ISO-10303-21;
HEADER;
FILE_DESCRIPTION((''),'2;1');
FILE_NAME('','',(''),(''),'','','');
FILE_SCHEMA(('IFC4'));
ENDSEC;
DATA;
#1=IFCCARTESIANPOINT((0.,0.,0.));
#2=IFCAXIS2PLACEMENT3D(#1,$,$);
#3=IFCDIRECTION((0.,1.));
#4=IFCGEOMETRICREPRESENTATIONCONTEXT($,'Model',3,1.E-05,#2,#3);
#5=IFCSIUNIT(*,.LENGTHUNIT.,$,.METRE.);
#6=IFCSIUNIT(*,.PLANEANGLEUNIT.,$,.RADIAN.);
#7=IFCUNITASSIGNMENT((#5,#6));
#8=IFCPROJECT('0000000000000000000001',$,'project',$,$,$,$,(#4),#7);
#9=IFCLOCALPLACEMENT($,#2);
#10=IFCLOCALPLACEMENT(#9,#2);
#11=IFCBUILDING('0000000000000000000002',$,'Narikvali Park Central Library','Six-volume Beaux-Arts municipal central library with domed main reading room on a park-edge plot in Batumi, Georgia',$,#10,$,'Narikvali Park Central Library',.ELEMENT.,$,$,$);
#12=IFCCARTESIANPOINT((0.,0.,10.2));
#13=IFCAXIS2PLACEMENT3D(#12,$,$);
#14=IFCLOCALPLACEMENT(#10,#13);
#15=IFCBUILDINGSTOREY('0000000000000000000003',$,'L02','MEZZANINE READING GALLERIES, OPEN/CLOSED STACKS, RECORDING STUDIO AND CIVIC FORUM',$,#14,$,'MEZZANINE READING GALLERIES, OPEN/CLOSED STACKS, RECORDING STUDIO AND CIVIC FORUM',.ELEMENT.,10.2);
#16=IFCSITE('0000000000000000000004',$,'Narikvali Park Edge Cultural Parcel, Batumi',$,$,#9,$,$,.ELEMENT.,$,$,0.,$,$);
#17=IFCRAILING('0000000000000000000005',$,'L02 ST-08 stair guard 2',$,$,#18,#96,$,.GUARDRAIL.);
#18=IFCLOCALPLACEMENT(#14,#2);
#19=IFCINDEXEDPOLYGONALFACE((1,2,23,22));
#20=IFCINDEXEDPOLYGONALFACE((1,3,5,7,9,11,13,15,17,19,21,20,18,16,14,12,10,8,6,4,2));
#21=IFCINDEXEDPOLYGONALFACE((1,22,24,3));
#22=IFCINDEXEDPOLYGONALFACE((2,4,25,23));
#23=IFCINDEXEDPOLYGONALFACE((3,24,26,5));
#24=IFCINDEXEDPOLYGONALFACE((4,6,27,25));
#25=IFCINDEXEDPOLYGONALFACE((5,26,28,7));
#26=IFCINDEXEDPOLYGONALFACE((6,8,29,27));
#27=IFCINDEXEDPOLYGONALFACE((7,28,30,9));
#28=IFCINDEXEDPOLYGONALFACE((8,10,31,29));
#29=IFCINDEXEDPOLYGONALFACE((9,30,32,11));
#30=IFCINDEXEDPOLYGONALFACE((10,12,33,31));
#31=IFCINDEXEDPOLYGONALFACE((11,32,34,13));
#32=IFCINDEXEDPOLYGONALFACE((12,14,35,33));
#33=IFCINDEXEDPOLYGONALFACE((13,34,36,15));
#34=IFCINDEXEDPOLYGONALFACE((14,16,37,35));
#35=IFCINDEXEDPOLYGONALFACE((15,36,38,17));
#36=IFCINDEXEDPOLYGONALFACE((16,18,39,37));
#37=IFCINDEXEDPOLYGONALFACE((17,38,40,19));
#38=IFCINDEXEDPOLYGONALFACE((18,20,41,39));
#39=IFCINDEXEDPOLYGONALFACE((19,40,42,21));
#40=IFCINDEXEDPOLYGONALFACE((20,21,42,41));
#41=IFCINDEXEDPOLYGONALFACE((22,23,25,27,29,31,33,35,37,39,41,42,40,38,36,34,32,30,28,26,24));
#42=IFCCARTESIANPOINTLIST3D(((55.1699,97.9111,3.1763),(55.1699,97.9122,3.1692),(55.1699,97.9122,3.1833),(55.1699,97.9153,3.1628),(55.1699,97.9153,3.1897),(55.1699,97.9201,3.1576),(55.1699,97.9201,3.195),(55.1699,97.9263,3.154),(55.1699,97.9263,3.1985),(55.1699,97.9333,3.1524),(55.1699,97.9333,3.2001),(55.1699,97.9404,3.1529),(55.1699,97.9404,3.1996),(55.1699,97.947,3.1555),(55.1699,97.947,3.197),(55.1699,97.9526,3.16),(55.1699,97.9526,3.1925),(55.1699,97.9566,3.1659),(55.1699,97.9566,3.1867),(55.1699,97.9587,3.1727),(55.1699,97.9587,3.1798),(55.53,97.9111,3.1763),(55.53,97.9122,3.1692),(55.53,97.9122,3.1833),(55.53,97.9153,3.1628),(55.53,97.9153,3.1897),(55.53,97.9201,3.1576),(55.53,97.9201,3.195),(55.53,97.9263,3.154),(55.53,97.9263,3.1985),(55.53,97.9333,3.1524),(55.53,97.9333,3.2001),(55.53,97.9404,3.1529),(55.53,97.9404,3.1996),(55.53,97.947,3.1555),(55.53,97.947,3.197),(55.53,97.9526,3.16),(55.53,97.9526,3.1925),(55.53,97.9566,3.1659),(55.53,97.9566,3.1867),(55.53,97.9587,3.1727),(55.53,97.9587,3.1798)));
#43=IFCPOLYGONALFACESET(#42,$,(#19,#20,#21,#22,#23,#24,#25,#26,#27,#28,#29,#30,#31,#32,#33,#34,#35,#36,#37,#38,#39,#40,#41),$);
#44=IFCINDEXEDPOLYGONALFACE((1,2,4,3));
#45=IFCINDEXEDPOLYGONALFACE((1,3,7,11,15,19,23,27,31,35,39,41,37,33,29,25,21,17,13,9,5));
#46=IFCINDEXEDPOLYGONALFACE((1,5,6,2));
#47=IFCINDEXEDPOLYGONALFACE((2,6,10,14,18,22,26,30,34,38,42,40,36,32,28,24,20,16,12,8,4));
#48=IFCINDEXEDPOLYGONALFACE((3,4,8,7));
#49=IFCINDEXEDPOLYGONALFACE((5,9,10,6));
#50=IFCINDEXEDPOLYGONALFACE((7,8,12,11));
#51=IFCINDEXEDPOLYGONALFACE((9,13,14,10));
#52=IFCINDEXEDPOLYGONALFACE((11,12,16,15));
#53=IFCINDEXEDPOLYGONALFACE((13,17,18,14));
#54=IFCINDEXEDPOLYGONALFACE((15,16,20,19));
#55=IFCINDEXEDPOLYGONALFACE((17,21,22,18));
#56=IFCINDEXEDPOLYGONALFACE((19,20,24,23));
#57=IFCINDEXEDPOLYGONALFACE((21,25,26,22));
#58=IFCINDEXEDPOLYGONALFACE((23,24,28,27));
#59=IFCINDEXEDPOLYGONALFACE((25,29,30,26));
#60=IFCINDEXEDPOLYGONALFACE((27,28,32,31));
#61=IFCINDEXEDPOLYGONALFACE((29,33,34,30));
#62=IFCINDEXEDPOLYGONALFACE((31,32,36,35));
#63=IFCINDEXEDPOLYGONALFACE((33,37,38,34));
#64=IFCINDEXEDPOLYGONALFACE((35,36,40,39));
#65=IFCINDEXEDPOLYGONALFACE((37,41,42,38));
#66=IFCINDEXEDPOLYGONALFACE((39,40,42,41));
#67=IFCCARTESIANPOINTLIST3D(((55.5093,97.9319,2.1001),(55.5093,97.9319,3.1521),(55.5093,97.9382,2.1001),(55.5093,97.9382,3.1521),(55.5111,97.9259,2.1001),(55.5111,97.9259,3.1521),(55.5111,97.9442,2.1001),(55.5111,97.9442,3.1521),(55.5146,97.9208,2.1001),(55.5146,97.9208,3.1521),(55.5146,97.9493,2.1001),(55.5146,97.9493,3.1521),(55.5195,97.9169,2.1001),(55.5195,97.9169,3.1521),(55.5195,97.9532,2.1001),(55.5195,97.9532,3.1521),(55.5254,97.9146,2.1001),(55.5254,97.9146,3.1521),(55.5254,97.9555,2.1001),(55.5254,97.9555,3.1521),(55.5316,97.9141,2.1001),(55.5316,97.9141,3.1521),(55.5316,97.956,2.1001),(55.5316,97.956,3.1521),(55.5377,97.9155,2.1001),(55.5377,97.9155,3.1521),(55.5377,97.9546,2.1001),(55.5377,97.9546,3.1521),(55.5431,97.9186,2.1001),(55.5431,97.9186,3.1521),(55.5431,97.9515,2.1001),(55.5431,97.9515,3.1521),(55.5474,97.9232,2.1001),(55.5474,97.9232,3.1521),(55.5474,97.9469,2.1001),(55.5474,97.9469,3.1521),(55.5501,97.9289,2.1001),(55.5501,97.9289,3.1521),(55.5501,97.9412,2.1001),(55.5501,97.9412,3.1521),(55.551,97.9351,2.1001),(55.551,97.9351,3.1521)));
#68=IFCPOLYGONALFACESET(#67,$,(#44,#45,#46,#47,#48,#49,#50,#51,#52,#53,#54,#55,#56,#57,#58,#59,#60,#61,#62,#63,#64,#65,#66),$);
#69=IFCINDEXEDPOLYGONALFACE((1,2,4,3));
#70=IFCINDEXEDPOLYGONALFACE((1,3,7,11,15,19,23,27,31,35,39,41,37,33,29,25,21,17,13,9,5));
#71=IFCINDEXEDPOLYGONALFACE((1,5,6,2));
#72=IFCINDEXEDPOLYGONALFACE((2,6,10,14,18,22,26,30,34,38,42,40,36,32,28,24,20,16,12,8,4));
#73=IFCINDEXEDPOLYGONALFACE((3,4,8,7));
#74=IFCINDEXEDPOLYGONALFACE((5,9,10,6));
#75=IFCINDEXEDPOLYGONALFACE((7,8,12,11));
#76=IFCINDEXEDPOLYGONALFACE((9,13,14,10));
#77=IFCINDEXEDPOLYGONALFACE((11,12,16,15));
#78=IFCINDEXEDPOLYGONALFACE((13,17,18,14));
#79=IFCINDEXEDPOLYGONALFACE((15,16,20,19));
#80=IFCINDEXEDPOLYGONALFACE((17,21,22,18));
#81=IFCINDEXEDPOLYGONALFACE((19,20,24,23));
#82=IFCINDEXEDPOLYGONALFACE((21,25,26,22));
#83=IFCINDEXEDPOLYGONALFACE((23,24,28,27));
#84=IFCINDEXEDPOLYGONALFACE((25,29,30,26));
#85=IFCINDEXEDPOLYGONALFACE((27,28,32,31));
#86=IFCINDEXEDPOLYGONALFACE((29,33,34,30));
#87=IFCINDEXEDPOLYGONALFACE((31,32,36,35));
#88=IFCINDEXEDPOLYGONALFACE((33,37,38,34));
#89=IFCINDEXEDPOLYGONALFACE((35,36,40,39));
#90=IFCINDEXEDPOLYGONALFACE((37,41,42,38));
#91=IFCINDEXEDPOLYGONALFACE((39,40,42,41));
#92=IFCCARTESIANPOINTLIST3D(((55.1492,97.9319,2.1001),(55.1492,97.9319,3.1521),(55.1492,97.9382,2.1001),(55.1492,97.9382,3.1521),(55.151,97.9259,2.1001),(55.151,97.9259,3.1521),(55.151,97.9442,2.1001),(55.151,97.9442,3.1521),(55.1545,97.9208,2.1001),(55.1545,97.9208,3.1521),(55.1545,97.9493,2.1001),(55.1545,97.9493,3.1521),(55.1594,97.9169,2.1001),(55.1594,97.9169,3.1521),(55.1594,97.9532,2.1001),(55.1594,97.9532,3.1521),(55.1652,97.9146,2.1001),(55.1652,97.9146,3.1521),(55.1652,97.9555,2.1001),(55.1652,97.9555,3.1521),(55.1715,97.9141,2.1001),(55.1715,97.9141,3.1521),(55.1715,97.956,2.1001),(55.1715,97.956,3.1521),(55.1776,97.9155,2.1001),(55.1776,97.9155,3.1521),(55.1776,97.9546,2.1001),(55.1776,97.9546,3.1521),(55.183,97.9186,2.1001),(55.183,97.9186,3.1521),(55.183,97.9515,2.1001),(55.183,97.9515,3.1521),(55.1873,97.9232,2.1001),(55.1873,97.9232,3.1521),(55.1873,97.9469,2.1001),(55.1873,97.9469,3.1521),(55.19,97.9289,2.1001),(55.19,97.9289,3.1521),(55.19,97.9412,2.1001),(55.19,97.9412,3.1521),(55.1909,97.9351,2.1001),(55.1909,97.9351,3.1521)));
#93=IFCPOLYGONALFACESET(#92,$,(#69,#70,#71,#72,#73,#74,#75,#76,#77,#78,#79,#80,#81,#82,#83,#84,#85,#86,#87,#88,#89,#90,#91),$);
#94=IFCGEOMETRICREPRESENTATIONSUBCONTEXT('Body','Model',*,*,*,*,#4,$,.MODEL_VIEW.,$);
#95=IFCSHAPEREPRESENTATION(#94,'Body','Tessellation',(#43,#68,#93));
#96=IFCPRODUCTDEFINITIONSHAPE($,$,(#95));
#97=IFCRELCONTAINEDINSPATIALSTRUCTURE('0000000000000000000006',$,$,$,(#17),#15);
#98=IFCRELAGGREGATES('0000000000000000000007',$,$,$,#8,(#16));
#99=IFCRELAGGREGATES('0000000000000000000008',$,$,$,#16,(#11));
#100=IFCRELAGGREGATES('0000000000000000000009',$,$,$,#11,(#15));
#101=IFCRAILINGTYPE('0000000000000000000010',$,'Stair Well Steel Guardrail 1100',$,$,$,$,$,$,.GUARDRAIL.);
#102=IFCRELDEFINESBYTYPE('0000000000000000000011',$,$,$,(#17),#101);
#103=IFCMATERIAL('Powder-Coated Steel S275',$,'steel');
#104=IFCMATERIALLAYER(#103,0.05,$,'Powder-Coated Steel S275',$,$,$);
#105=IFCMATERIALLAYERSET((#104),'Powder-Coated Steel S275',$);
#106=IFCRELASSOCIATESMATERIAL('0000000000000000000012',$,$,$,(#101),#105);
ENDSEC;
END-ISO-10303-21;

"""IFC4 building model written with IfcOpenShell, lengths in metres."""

from ifc_helpers import new_model, si_unit, direction, frame, origin, origin_2d, place, context, subcontext, project, spatial, circle, extrude, material, layer, layer_set, type_object, element, save


model = new_model("IFC4")

# Units and contexts
model_context = context("Model", 3, precision=1e-05, world=origin(), true_north=direction((0.0, 1.0)))
body_context = subcontext(model_context, "Body", "Model", "MODEL_VIEW")
ifc_project = project(units=[si_unit("LENGTHUNIT", "METRE"), si_unit("PLANEANGLEUNIT", "RADIAN")], contexts=[model_context])

# Site, building, storey
site_placement = place(None, origin())
site = spatial("IfcSite", under=ifc_project, at=site_placement, Name="Narikvali Park Edge Cultural Parcel, Batumi", CompositionType="ELEMENT", RefElevation=0.0)
building_placement = place(site_placement, origin())
building = spatial("IfcBuilding", under=site, at=building_placement, Name="Narikvali Park Central Library", Description="Six-volume Beaux-Arts municipal central library with domed main reading room on a park-edge plot in Batumi, Georgia", LongName="Narikvali Park Central Library", CompositionType="ELEMENT")
storey_placement = place(building_placement, frame((0.0, 0.0, 10.2)))
storey = spatial("IfcBuildingStorey", under=building, at=storey_placement, Name="L02", Description="MEZZANINE READING GALLERIES, OPEN/CLOSED STACKS, RECORDING STUDIO AND CIVIC FORUM", LongName="MEZZANINE READING GALLERIES, OPEN/CLOSED STACKS, RECORDING STUDIO AND CIVIC FORUM", CompositionType="ELEMENT", Elevation=10.2)

# Railing
ifc_material_1 = material(Name="Powder-Coated Steel S275", Category="steel")
ifc_layer_1 = layer(ifc_material_1, 0.05, Name="Powder-Coated Steel S275")
ifc_layer_set_1 = layer_set([ifc_layer_1], Name="Powder-Coated Steel S275")
railing_type_1 = type_object("IfcRailingType", Name="Stair Well Steel Guardrail 1100", PredefinedType="GUARDRAIL", material=ifc_layer_set_1)
railing_1_placement = place(storey_placement, frame((55.53, 97.9351, 2.1001)))
element("IfcRailing", 1, at=railing_1_placement, inside=storey, type_object=railing_type_1, Name="L02 ST-08 stair guard 2", PredefinedType="GUARDRAIL", context=body_context, shape_type="SweptSolid", body=[
    extrude(circle(Radius=0.0239, at=origin_2d()), frame((0.0, 0.0, 1.0762), z_axis=(-1.0, 0.0, 0.0), x_axis=(0.0, -1.0, 0.0)), (0.0, 0.0, 1.0), 0.3601),
    extrude(circle(Radius=0.021, at=origin_2d()), origin(), (0.0, 0.0, 1.0), 1.052),
    extrude(circle(Radius=0.021, at=origin_2d()), frame((-0.3601, 0.0, 0.0)), (0.0, 0.0, 1.0), 1.052),
])

save(model, "model.ifc")
